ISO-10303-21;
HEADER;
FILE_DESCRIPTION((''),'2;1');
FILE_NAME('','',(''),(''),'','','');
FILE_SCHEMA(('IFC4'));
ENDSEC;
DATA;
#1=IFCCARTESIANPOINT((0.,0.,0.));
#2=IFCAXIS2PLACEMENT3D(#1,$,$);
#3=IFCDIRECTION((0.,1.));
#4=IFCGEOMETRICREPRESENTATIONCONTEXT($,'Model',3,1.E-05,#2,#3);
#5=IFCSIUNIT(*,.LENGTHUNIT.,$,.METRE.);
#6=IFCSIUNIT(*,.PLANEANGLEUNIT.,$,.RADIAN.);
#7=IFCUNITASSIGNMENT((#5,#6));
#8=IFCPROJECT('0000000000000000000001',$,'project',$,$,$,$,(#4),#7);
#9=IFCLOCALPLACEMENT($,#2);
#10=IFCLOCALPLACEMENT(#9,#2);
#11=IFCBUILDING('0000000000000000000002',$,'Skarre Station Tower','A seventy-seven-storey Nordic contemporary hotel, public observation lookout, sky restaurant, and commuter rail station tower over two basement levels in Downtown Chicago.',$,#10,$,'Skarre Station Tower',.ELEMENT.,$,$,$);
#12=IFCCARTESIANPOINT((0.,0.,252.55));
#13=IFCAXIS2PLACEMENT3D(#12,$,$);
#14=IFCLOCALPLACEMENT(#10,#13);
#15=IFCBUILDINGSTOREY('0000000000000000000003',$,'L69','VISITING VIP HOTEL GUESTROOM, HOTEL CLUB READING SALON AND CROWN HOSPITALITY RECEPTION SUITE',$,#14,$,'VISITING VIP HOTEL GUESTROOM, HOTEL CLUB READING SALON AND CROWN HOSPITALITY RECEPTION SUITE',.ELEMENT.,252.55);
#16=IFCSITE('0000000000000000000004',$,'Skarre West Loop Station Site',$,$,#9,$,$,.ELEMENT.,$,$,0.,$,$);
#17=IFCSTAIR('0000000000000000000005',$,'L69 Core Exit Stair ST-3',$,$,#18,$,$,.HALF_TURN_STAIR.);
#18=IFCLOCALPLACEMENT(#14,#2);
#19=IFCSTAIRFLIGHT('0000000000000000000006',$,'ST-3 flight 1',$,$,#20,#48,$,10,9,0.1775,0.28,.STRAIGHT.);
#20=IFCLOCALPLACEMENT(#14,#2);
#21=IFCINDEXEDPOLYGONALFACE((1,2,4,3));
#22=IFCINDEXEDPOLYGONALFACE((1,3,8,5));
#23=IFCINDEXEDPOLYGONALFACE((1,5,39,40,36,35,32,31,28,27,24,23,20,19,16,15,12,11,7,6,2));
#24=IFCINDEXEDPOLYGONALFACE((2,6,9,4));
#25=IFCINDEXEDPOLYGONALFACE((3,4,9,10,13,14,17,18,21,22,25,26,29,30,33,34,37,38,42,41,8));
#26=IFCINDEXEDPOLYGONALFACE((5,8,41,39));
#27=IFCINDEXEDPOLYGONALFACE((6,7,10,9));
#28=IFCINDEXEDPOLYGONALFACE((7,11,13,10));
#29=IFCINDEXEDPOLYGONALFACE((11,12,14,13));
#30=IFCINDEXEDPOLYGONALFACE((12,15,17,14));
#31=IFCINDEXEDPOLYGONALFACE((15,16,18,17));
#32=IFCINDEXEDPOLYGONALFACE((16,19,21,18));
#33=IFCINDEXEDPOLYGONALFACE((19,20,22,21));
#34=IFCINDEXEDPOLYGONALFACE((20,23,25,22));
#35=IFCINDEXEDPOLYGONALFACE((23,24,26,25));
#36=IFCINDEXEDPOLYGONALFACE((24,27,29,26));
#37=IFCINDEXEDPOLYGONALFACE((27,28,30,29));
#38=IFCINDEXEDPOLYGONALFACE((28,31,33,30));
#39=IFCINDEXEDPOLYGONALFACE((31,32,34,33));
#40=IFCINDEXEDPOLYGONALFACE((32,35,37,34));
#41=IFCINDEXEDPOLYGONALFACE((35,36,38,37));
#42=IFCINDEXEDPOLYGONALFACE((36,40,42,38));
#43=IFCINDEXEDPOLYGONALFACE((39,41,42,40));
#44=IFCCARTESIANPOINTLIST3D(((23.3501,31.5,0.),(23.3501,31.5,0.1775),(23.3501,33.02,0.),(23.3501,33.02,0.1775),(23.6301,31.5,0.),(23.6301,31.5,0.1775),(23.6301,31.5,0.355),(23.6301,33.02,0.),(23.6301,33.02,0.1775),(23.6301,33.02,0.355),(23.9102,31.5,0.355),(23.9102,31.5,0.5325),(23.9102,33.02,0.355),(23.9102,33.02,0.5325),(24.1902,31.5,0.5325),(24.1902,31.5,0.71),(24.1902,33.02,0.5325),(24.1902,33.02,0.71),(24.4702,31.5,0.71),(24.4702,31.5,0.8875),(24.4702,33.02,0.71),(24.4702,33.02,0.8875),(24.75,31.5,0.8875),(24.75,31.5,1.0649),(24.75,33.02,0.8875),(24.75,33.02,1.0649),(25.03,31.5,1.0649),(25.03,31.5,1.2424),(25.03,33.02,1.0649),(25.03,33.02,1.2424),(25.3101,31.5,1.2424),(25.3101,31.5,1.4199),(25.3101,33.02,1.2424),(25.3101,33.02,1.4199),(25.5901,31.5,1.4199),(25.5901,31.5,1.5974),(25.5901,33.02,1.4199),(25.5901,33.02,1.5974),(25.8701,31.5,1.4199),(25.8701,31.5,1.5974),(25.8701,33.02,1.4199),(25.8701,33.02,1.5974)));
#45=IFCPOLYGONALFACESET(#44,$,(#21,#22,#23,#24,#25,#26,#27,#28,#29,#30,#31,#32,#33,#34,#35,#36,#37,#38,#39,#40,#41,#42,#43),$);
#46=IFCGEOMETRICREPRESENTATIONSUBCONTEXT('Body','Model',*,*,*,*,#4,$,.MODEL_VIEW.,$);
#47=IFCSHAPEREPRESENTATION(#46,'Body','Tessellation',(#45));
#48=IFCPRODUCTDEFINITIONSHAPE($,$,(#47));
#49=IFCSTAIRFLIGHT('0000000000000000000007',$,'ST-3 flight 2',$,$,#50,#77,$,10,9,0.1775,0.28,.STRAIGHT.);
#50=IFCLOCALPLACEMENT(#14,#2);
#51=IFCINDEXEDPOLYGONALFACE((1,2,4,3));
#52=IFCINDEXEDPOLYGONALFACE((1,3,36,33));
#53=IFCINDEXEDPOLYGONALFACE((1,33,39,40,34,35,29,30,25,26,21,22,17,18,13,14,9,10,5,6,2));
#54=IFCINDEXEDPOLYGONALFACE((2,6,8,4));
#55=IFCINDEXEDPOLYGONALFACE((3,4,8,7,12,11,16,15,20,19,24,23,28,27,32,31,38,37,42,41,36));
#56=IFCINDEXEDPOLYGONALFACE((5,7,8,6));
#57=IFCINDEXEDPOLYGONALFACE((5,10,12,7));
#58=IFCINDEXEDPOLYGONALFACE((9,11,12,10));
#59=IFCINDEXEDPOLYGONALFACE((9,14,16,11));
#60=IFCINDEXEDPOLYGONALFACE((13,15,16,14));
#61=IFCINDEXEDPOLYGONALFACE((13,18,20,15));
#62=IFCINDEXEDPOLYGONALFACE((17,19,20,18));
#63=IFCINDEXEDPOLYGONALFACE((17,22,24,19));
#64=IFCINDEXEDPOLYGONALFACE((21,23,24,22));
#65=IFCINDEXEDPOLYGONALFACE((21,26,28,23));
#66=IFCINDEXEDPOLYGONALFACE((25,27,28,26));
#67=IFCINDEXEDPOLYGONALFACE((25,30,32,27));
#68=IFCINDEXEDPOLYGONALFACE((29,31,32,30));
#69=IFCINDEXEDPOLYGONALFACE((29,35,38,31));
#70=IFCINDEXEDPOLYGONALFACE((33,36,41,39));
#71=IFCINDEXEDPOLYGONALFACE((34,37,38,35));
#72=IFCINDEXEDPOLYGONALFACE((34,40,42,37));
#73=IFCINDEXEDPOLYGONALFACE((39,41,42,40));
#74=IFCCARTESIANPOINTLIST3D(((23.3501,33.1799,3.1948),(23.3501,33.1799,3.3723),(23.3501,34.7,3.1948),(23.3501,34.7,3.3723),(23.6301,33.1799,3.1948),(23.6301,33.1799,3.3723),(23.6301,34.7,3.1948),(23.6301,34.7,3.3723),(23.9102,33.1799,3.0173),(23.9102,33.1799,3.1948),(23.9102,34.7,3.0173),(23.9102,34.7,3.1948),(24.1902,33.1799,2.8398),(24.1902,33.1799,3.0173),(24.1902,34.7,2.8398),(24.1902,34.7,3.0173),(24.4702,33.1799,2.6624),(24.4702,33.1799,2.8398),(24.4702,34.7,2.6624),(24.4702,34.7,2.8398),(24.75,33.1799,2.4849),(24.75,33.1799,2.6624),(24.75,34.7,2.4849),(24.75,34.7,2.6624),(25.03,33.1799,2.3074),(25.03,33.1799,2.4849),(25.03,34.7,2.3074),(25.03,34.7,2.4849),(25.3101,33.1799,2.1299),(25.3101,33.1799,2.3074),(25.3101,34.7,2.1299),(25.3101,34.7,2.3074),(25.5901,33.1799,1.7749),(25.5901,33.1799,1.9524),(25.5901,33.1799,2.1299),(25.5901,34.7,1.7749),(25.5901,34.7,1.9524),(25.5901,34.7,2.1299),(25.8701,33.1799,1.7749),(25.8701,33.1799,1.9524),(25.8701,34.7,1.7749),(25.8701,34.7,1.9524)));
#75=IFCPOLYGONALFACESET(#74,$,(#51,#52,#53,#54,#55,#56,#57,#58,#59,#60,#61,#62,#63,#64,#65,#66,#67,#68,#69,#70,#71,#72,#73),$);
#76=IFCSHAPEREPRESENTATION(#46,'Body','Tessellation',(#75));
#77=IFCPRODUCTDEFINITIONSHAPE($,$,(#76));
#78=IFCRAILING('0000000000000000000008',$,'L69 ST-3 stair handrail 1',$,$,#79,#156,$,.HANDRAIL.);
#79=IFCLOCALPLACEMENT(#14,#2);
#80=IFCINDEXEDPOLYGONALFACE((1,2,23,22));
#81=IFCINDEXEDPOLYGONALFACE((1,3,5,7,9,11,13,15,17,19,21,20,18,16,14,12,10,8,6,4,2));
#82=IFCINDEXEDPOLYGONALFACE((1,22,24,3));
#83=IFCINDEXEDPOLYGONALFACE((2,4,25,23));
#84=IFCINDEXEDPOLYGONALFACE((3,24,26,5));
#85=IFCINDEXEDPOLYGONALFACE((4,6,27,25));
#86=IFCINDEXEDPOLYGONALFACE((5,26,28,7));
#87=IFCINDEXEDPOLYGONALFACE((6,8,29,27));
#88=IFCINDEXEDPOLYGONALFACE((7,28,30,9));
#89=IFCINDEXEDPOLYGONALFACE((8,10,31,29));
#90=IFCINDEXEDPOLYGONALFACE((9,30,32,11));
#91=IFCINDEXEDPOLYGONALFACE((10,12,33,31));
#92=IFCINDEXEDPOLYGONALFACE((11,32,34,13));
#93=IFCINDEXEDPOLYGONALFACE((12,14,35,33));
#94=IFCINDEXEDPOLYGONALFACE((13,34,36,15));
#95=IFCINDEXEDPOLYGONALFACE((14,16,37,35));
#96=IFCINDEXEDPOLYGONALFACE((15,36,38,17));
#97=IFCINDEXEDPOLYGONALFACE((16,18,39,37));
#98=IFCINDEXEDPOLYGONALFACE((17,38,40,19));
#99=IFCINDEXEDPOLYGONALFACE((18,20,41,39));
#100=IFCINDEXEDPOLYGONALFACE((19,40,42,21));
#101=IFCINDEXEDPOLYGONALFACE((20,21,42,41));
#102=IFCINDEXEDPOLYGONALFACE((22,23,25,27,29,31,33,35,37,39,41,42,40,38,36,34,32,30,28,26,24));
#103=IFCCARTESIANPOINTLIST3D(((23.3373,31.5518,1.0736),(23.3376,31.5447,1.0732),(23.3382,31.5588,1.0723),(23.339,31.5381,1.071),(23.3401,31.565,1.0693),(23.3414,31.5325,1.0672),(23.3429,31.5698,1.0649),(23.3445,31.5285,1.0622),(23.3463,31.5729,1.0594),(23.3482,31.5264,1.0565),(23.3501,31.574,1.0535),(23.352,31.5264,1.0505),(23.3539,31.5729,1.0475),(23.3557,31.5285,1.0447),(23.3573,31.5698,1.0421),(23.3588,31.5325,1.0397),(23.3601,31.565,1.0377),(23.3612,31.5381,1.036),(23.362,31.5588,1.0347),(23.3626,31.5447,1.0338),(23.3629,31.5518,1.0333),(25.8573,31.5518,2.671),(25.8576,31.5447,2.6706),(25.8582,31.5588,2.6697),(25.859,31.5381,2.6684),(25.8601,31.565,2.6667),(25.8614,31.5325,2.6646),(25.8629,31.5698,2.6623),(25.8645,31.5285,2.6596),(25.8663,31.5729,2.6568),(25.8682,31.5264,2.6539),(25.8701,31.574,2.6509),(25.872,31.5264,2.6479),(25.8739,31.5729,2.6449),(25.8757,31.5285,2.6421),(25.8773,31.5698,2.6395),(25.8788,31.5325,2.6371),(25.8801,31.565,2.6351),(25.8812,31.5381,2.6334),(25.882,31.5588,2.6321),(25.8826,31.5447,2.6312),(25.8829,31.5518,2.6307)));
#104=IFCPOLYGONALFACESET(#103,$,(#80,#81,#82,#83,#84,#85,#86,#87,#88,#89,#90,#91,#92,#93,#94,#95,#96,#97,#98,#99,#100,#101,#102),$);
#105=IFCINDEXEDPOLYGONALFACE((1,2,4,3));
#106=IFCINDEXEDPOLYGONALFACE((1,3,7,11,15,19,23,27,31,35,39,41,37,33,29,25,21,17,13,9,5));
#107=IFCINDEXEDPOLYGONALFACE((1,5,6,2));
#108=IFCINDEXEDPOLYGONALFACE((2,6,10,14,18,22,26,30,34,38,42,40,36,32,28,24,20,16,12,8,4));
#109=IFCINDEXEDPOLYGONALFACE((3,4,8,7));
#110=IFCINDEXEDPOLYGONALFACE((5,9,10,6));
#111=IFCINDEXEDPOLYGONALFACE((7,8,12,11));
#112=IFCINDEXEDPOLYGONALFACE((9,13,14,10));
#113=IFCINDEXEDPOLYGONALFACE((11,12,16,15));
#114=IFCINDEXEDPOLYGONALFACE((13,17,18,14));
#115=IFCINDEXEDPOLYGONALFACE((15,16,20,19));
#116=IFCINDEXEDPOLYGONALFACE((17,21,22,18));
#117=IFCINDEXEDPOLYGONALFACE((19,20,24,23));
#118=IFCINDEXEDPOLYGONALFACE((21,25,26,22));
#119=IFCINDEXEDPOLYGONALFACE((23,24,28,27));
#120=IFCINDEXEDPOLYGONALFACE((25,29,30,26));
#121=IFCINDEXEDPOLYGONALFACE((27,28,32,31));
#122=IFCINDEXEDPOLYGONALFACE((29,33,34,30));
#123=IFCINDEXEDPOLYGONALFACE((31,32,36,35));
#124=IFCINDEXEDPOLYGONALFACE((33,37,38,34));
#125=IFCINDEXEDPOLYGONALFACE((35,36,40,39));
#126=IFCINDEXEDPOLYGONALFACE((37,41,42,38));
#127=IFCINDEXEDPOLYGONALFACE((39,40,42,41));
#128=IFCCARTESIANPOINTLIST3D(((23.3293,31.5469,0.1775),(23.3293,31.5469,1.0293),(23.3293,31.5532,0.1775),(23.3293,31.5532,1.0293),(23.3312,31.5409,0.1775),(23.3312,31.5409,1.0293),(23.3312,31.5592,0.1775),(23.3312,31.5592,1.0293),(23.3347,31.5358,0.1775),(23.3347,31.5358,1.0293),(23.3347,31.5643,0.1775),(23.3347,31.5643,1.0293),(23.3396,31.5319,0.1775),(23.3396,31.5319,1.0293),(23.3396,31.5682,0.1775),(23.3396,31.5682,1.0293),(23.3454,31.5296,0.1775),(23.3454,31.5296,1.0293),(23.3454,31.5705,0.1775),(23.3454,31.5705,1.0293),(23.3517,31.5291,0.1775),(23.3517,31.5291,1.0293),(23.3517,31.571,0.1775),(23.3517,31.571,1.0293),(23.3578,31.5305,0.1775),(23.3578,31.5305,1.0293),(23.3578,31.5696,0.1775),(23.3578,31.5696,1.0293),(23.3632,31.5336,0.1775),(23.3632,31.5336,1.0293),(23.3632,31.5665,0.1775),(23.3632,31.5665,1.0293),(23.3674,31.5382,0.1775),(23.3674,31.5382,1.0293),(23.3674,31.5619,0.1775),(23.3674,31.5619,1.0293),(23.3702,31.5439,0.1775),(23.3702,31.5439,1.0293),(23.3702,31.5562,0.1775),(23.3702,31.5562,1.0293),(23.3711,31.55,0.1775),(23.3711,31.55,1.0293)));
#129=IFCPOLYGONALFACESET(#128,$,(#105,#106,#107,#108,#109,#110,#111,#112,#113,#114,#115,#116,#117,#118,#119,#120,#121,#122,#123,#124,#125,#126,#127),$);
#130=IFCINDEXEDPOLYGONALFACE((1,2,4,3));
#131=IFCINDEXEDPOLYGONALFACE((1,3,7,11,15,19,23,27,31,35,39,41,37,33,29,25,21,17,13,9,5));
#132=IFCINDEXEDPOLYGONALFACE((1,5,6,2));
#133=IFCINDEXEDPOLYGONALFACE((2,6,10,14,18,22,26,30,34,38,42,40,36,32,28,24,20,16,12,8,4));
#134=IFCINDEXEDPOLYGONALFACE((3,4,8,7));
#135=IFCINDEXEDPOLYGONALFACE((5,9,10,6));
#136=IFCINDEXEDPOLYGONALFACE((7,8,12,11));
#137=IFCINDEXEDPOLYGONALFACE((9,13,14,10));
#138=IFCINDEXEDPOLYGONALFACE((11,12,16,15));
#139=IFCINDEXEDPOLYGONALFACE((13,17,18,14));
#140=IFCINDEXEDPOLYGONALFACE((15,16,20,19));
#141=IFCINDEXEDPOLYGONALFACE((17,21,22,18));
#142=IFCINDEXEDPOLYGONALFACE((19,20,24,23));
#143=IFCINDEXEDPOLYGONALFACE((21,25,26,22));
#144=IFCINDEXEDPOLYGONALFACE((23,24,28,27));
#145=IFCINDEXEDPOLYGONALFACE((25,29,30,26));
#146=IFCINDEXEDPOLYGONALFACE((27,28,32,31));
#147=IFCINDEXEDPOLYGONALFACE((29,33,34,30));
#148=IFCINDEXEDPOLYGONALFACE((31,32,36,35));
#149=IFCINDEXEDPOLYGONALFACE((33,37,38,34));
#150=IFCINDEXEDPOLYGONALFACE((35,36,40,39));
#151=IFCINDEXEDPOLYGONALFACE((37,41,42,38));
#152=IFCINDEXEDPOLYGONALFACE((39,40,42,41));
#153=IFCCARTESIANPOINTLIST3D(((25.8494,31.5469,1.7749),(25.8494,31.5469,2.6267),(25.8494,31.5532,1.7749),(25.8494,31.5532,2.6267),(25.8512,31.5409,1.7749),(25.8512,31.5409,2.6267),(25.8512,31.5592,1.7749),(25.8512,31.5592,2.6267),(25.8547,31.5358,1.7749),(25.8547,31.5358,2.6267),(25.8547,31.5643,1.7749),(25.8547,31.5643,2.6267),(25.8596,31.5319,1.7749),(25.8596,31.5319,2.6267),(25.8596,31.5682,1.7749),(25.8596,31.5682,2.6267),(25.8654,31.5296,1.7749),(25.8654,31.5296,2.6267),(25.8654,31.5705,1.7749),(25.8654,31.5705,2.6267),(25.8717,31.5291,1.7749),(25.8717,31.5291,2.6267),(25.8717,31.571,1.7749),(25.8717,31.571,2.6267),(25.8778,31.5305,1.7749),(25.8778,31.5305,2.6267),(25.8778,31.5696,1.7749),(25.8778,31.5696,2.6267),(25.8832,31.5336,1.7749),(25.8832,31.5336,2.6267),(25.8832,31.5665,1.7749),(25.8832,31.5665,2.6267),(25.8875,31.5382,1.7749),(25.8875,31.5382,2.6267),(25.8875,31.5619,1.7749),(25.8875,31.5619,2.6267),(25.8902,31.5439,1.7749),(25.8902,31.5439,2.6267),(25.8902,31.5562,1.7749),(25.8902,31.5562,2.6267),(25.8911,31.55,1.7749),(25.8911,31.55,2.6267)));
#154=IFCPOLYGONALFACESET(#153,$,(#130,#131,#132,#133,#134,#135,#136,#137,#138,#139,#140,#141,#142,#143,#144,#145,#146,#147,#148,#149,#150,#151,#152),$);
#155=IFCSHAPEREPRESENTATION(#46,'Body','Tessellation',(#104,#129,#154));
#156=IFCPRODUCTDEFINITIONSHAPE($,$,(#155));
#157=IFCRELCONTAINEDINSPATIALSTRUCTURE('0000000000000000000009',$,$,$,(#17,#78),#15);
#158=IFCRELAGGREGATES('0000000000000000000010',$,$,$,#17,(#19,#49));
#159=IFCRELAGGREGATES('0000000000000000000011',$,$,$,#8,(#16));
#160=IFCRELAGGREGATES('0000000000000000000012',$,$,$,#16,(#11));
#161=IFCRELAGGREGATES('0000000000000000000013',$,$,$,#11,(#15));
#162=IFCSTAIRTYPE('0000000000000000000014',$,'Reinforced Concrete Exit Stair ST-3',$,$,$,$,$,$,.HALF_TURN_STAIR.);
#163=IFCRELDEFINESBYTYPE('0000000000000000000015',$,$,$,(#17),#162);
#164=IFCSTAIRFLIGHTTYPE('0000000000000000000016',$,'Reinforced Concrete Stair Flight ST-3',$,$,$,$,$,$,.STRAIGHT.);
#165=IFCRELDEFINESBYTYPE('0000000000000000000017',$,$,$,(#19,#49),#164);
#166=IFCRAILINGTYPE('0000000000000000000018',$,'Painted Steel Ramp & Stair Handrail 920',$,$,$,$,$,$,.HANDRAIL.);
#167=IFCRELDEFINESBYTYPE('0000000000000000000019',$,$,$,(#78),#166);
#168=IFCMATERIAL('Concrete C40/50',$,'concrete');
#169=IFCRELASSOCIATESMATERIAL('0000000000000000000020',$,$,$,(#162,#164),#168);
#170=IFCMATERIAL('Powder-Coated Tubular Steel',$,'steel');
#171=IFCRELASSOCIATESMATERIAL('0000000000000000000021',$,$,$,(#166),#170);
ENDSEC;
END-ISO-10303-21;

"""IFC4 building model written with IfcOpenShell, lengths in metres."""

from ifc_helpers import new_model, si_unit, direction, frame, origin, origin_2d, place, context, subcontext, project, spatial, polyline, circle, outline, extrude, material, type_object, element, aggregate, save


model = new_model("IFC4")

# Units and contexts
model_context = context("Model", 3, precision=1e-05, world=origin(), true_north=direction((0.0, 1.0)))
body_context = subcontext(model_context, "Body", "Model", "MODEL_VIEW")
ifc_project = project(units=[si_unit("LENGTHUNIT", "METRE"), si_unit("PLANEANGLEUNIT", "RADIAN")], contexts=[model_context])

# Site, building, storey
site_placement = place(None, origin())
site = spatial("IfcSite", under=ifc_project, at=site_placement, Name="Skarre West Loop Station Site", CompositionType="ELEMENT", RefElevation=0.0)
building_placement = place(site_placement, origin())
building = spatial("IfcBuilding", under=site, at=building_placement, Name="Skarre Station Tower", Description="A seventy-seven-storey Nordic contemporary hotel, public observation lookout, sky restaurant, and commuter rail station tower over two basement levels in Downtown Chicago.", LongName="Skarre Station Tower", CompositionType="ELEMENT")
storey_placement = place(building_placement, frame((0.0, 0.0, 252.55)))
storey = spatial("IfcBuildingStorey", under=building, at=storey_placement, Name="L69", Description="VISITING VIP HOTEL GUESTROOM, HOTEL CLUB READING SALON AND CROWN HOSPITALITY RECEPTION SUITE", LongName="VISITING VIP HOTEL GUESTROOM, HOTEL CLUB READING SALON AND CROWN HOSPITALITY RECEPTION SUITE", CompositionType="ELEMENT", Elevation=252.55)

# Stair, stair flights
ifc_material_1 = material(Name="Concrete C40/50", Category="concrete")
stair_type = type_object("IfcStairType", Name="Reinforced Concrete Exit Stair ST-3", PredefinedType="HALF_TURN_STAIR", material=ifc_material_1)
stair_placement = place(storey_placement, origin())
stair = element("IfcStair", 1, at=stair_placement, inside=storey, type_object=stair_type, Name="L69 Core Exit Stair ST-3", PredefinedType="HALF_TURN_STAIR")
stair_flight_type = type_object("IfcStairFlightType", Name="Reinforced Concrete Stair Flight ST-3", PredefinedType="STRAIGHT", material=ifc_material_1)
stair_flight_1_placement = place(storey_placement, frame((23.3501, 32.26, 0.0), z_axis=(0.0, 0.0, 1.0), x_axis=(1.0, 0.0, 0.0)))
stair_flight_1 = element("IfcStairFlight", 2, at=stair_flight_1_placement, type_object=stair_flight_type, Name="ST-3 flight 1", NumberOfRisers=10, NumberOfTreads=9, PredefinedType="STRAIGHT", RiserHeight=0.1775, TreadLength=0.28, context=body_context, shape_type="SweptSolid", body=[
    extrude(outline(polyline([(0.0, 0.0), (0.0, 0.1775), (0.28, 0.1775), (0.28, 0.355), (0.5601, 0.355), (0.5601, 0.5325), (0.8401, 0.5325), (0.8401, 0.71), (1.1201, 0.71), (1.1201, 0.8875), (1.3999, 0.8875), (1.3999, 1.0649), (1.6799, 1.0649), (1.6799, 1.2424), (1.96, 1.2424), (1.96, 1.4199), (2.24, 1.4199), (2.24, 1.5974), (2.52, 1.5974), (2.52, 1.7749), (2.52, 1.4199), (0.28, 0.0), (0.0, 0.0)])), frame((0.0, 0.76, 0.0), z_axis=(0.0, -1.0, 0.0), x_axis=(1.0, 0.0, 0.0)), (0.0, 0.0, 1.0), 1.52),
])
stair_flight_2_placement = place(storey_placement, frame((25.8701, 33.9399, 1.7749), z_axis=(0.0, 0.0, 1.0), x_axis=(-1.0, 0.0, 0.0)))
stair_flight_2 = element("IfcStairFlight", 3, at=stair_flight_2_placement, type_object=stair_flight_type, Name="ST-3 flight 2", NumberOfRisers=10, NumberOfTreads=9, PredefinedType="STRAIGHT", RiserHeight=0.1775, TreadLength=0.28, context=body_context, shape_type="SweptSolid", body=[
    extrude(outline(polyline([(0.0, 0.0), (0.0, 0.1775), (0.28, 0.1775), (0.28, 0.355), (0.5601, 0.355), (0.5601, 0.5325), (0.8401, 0.5325), (0.8401, 0.71), (1.1201, 0.71), (1.1201, 0.8875), (1.3999, 0.8875), (1.3999, 1.0649), (1.6799, 1.0649), (1.6799, 1.2424), (1.96, 1.2424), (1.96, 1.4199), (2.24, 1.4199), (2.24, 1.5974), (2.52, 1.5974), (2.52, 1.7749), (2.52, 1.4199), (0.28, 0.0), (0.0, 0.0)])), frame((0.0, 0.76, 0.0), z_axis=(0.0, -1.0, 0.0), x_axis=(1.0, 0.0, 0.0)), (0.0, 0.0, 1.0), 1.52),
])
aggregate(stair, [stair_flight_1, stair_flight_2])

# Railing
ifc_material_2 = material(Name="Powder-Coated Tubular Steel", Category="steel")
railing_type_1 = type_object("IfcRailingType", Name="Painted Steel Ramp & Stair Handrail 920", PredefinedType="HANDRAIL", material=ifc_material_2)
railing_1_placement = place(storey_placement, frame((23.3501, 31.55, 0.1775)))
element("IfcRailing", 4, at=railing_1_placement, inside=storey, type_object=railing_type_1, Name="L69 ST-3 stair handrail 1", PredefinedType="HANDRAIL", context=body_context, shape_type="SweptSolid", body=[
    extrude(circle(Radius=0.0239, at=origin_2d()), frame((0.0, 0.0, 0.876), z_axis=(0.844607, 0.0, 0.535387), x_axis=(0.0, 1.0, 0.0)), (0.0, 0.0, 1.0), 2.9836),
    extrude(circle(Radius=0.021, at=origin_2d()), origin(), (0.0, 0.0, 1.0), 0.8518),
    extrude(circle(Radius=0.021, at=origin_2d()), frame((2.52, 0.0, 1.5974)), (0.0, 0.0, 1.0), 0.8518),
])

save(model, "model.ifc")
